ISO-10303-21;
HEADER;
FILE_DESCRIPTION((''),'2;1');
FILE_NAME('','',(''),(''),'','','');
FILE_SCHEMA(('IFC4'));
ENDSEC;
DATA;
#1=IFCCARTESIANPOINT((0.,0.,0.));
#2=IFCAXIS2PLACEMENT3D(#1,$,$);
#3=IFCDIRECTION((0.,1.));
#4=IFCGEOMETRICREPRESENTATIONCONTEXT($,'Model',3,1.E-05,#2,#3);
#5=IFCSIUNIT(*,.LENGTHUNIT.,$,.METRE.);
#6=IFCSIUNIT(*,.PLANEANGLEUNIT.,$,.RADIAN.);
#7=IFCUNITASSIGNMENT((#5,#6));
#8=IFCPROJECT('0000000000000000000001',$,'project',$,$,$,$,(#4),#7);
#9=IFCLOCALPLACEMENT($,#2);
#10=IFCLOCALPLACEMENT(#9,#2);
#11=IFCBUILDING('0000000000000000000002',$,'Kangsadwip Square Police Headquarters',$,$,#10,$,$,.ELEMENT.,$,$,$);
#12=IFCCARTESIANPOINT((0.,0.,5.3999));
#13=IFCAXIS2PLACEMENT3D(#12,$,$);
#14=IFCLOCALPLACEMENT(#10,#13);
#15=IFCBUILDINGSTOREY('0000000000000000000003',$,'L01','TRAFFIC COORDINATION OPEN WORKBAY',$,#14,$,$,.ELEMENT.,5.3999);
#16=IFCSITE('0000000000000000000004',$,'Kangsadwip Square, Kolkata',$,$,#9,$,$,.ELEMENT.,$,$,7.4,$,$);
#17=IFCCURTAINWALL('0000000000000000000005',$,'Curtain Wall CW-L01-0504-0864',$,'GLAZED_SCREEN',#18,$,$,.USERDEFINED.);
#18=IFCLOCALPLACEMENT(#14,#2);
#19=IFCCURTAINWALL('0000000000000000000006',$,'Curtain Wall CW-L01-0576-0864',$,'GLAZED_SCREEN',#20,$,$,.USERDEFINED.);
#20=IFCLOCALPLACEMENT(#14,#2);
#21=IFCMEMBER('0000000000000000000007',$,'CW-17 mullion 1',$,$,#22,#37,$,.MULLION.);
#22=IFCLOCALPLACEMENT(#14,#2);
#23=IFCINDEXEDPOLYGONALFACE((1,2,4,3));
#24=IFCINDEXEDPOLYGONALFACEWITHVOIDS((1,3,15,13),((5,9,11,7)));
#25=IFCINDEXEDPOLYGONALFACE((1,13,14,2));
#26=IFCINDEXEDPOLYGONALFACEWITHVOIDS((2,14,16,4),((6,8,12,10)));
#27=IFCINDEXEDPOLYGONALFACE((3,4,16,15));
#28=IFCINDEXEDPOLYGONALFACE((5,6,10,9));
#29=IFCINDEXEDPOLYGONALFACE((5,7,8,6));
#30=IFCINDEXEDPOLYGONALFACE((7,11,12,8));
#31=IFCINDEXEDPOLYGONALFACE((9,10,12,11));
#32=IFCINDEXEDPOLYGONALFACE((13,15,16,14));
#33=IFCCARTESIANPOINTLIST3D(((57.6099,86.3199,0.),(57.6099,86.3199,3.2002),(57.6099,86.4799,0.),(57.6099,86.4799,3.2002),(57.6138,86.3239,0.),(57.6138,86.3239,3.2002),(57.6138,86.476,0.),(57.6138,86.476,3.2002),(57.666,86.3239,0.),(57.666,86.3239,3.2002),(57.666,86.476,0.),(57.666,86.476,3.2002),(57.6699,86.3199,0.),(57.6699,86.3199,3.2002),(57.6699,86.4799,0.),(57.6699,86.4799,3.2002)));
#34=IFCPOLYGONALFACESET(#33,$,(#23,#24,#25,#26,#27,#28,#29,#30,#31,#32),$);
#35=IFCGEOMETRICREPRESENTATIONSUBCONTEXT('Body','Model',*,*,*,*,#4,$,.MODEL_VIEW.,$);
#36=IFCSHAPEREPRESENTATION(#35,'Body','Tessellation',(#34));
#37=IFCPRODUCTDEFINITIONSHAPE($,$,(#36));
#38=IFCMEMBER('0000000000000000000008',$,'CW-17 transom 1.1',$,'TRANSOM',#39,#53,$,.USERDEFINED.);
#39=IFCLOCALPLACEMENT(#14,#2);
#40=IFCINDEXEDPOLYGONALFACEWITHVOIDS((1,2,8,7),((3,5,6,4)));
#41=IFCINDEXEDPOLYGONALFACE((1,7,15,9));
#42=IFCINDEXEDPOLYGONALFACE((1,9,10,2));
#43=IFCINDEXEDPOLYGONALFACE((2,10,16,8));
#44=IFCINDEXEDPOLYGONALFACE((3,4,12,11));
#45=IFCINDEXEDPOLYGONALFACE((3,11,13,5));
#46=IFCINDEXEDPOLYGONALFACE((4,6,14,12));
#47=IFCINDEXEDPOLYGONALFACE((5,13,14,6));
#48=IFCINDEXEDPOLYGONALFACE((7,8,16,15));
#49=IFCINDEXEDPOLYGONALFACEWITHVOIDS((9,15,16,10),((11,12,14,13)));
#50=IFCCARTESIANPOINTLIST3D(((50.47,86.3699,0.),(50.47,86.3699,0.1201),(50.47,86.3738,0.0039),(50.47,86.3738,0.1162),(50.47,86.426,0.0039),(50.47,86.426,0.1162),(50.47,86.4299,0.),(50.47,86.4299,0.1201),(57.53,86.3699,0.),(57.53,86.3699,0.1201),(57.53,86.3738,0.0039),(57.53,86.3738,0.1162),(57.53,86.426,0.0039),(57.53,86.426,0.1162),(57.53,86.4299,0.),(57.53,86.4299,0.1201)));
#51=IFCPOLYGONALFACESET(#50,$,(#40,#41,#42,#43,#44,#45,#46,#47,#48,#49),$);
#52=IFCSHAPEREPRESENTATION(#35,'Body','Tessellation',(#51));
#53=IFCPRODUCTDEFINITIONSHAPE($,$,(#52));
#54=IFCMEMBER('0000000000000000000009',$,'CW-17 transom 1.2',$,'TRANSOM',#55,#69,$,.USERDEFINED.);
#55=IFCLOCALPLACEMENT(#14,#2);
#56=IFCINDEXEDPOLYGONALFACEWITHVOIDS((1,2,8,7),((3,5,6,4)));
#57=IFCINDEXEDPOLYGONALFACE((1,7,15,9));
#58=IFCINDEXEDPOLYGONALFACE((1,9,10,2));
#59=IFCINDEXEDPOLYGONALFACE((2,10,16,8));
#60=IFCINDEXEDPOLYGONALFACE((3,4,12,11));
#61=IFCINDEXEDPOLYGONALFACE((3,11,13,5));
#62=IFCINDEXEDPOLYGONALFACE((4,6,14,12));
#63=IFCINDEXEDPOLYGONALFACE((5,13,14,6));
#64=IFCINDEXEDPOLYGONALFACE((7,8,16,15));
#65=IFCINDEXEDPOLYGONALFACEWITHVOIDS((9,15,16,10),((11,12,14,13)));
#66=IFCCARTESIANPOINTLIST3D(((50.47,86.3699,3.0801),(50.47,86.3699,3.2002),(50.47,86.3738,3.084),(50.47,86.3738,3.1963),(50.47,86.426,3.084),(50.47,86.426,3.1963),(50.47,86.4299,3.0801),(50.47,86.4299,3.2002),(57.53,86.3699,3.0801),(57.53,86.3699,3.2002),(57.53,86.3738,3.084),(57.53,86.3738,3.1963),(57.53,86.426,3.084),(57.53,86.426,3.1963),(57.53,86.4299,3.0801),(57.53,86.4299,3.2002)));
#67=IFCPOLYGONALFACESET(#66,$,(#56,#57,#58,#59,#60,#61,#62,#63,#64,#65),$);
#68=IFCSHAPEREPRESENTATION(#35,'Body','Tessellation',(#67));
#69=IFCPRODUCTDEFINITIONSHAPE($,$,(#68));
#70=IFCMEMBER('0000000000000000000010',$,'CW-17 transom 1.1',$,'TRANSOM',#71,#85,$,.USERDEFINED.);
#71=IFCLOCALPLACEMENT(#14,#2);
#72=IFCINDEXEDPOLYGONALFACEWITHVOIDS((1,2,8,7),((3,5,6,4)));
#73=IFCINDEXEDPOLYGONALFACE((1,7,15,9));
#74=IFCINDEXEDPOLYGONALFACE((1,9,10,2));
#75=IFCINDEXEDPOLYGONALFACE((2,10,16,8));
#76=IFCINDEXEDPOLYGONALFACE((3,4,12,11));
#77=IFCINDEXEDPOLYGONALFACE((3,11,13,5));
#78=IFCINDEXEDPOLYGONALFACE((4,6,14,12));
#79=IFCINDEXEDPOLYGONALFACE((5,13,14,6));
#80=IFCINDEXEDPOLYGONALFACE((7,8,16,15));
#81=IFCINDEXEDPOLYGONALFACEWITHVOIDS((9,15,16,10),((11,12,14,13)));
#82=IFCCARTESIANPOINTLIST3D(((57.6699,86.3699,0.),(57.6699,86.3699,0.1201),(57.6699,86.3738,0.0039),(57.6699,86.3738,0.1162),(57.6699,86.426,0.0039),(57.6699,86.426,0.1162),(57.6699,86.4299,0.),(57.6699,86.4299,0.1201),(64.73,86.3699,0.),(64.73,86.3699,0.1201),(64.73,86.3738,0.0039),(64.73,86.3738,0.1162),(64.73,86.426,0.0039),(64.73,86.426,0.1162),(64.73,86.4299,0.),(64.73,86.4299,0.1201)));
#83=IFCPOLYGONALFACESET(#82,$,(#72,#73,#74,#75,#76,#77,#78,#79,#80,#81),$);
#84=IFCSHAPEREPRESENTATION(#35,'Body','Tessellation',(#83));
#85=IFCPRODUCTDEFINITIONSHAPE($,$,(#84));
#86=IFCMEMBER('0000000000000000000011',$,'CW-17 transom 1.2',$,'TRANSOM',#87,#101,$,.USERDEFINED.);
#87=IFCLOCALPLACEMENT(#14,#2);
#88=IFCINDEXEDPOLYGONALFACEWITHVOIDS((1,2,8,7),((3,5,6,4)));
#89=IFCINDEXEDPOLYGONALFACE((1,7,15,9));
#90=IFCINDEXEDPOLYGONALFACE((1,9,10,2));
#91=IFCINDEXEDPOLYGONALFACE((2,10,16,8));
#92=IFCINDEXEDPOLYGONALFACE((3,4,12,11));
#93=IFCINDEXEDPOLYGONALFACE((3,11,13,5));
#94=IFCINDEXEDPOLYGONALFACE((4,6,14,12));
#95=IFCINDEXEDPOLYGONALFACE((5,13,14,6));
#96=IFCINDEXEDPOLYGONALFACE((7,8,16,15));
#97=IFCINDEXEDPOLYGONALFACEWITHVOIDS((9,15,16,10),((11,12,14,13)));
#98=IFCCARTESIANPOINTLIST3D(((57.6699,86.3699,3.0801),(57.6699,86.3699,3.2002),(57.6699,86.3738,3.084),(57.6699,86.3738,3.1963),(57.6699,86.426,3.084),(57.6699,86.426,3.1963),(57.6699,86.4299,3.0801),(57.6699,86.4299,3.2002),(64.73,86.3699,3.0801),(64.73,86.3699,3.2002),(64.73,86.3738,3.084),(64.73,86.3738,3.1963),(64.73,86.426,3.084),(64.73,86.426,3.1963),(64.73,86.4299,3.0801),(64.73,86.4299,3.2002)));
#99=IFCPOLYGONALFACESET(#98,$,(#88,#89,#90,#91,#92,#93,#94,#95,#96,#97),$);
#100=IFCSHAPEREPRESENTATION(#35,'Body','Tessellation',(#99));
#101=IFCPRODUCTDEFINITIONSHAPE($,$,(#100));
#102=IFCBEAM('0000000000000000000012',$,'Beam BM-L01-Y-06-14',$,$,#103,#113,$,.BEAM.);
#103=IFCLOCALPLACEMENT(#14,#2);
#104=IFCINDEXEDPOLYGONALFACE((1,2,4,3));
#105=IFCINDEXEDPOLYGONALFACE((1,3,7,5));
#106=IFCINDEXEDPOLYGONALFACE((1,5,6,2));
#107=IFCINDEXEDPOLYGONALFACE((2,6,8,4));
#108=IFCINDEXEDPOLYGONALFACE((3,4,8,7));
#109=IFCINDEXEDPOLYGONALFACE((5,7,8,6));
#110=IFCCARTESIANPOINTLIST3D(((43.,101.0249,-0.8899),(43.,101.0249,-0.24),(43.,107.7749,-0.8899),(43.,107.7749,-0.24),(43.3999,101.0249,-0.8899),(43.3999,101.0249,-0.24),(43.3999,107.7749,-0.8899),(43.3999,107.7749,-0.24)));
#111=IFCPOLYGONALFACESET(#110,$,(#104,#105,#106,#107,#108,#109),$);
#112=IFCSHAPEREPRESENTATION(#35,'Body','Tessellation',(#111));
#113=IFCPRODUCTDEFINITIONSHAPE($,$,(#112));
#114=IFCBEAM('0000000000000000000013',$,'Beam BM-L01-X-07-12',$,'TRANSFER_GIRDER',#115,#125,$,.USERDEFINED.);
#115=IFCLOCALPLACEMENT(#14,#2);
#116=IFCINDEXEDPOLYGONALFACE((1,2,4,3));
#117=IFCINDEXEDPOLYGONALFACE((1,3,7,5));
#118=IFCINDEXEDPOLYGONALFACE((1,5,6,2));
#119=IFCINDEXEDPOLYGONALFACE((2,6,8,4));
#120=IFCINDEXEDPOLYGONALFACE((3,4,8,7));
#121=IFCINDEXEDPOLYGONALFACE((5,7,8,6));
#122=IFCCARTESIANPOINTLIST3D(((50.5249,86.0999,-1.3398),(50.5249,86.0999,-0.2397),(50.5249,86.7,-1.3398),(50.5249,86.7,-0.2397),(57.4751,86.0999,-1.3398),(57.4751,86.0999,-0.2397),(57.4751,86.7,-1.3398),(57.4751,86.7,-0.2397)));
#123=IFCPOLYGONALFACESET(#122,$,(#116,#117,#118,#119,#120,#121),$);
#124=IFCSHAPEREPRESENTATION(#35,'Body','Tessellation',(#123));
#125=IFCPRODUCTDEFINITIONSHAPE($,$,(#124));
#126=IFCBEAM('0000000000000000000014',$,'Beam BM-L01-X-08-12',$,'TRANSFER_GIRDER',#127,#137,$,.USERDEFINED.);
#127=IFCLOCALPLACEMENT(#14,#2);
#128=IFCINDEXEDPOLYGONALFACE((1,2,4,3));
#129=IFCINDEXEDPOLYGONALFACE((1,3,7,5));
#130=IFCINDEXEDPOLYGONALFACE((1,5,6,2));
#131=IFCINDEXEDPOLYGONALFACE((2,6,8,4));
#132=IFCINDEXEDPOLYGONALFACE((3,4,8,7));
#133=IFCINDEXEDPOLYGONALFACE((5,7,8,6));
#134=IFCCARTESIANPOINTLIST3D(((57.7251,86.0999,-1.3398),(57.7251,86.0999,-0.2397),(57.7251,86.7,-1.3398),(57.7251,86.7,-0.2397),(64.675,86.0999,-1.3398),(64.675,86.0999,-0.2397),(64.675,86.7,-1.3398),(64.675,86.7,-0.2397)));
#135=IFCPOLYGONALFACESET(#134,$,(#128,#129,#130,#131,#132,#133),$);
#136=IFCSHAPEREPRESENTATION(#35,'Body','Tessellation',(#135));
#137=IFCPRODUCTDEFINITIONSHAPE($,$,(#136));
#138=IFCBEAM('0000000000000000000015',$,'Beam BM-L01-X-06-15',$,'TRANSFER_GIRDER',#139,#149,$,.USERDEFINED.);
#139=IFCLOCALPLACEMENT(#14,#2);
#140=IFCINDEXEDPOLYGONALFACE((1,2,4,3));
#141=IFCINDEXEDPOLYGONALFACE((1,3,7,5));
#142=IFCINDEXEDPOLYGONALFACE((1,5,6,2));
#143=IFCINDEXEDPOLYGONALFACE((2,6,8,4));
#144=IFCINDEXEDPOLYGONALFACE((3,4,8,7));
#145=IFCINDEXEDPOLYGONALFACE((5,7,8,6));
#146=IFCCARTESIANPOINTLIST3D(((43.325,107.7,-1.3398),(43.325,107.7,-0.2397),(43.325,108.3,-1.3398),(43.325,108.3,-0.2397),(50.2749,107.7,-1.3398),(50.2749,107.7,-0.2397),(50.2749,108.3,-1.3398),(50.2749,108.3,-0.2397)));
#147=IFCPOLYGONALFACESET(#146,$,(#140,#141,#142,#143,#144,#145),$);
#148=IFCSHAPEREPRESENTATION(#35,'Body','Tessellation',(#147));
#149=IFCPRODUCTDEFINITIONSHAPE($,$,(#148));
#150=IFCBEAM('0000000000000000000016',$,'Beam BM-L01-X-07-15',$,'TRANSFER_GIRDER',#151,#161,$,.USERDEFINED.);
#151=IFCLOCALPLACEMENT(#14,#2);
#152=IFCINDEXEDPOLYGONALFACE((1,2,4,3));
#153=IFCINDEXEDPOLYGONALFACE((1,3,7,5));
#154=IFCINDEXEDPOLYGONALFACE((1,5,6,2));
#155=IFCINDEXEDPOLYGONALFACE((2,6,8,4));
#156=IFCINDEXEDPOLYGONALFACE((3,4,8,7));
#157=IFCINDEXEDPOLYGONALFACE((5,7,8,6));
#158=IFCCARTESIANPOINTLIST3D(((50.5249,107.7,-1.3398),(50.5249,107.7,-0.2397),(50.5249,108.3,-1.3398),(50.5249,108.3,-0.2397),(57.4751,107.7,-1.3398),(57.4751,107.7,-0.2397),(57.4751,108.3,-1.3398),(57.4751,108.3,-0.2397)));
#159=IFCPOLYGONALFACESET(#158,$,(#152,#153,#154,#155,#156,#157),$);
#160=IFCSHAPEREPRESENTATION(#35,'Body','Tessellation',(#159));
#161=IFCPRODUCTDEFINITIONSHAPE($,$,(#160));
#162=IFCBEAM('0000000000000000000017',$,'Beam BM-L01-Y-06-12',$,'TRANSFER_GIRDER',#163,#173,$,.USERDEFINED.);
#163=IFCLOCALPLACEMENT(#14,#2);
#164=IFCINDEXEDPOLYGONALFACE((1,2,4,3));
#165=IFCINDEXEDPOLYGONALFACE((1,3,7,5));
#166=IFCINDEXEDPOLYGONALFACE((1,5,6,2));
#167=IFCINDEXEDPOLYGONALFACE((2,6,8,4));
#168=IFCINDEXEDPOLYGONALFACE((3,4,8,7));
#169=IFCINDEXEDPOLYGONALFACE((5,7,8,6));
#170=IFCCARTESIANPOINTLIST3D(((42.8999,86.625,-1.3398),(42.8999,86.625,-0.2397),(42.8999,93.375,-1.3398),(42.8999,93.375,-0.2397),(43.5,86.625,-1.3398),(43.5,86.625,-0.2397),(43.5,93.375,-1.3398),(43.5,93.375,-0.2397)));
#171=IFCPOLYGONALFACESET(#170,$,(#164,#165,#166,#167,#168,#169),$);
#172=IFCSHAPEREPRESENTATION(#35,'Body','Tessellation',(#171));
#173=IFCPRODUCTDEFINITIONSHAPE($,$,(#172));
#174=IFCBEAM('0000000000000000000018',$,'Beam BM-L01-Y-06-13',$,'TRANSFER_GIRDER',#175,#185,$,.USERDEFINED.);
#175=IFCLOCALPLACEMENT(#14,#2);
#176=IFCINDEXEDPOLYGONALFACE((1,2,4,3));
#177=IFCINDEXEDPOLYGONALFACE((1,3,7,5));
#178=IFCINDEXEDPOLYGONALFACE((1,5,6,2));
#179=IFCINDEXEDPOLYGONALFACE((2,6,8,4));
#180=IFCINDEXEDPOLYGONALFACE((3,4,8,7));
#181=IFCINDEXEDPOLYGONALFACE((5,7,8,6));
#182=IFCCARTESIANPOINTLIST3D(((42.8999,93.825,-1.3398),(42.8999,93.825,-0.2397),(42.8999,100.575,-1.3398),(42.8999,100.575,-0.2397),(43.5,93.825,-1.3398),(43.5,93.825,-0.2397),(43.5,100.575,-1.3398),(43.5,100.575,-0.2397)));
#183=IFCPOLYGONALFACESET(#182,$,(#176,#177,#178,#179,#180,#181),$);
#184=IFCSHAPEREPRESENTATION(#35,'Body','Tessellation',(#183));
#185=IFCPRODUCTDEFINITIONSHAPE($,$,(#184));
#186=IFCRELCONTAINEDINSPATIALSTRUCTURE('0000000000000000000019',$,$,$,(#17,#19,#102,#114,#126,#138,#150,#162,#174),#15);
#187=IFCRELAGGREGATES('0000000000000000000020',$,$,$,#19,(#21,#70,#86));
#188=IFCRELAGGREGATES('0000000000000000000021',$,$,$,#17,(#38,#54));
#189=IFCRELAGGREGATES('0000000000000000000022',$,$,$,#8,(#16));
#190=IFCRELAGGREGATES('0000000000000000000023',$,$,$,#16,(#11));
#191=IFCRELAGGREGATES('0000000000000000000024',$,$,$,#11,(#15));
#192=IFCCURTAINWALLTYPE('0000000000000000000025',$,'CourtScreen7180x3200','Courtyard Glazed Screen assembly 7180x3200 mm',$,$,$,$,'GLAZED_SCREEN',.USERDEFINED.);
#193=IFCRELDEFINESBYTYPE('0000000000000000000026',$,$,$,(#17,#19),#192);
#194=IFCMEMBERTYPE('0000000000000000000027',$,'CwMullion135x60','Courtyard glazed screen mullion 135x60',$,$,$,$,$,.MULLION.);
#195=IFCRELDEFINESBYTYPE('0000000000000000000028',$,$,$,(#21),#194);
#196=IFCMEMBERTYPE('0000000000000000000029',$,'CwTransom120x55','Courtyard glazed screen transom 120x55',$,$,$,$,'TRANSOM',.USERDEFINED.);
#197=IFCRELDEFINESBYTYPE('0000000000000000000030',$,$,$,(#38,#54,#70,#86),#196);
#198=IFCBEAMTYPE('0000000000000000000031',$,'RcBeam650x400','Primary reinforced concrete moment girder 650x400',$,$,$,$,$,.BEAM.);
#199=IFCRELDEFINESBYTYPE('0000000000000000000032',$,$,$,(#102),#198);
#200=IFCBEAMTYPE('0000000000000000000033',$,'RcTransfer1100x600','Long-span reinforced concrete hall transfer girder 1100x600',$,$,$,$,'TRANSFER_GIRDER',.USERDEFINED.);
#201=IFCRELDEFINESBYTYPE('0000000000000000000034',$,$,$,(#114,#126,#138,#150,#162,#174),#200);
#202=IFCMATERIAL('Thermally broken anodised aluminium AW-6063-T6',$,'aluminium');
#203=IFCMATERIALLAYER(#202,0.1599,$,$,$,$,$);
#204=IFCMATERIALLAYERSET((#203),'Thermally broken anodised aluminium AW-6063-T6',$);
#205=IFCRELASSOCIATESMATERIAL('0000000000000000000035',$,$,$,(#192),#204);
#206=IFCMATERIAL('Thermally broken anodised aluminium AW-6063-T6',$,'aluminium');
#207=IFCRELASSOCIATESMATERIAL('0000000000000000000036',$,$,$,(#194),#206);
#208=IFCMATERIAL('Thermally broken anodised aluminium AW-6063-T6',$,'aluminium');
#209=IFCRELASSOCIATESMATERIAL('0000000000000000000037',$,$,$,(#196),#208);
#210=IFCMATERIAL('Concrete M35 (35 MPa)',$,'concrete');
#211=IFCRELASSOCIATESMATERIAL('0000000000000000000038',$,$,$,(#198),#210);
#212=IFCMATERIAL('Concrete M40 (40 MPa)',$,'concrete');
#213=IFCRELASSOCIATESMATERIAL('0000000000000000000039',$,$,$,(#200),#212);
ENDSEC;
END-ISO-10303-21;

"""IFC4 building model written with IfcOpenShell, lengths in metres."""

from ifc_helpers import new_model, si_unit, direction, frame, origin, origin_2d, place, context, subcontext, project, spatial, rectangle, hollow_rectangle, extrude, material, layer, layer_set, material_profile, profile_set, type_object, element, aggregate, save


model = new_model("IFC4")

# Units and contexts
model_context = context("Model", 3, precision=1e-05, world=origin(), true_north=direction((0.0, 1.0)))
body_context = subcontext(model_context, "Body", "Model", "MODEL_VIEW")
ifc_project = project(units=[si_unit("LENGTHUNIT", "METRE"), si_unit("PLANEANGLEUNIT", "RADIAN")], contexts=[model_context])

# Site, building, storey
site_placement = place(None, origin())
site = spatial("IfcSite", under=ifc_project, at=site_placement, Name="Kangsadwip Square, Kolkata", CompositionType="ELEMENT", RefElevation=7.4)
building_placement = place(site_placement, origin())
building = spatial("IfcBuilding", under=site, at=building_placement, Name="Kangsadwip Square Police Headquarters", CompositionType="ELEMENT")
storey_placement = place(building_placement, frame((0.0, 0.0, 5.3999)))
storey = spatial("IfcBuildingStorey", under=building, at=storey_placement, Name="L01", Description="TRAFFIC COORDINATION OPEN WORKBAY", CompositionType="ELEMENT", Elevation=5.3999)

# Shared definitions
ifc_material_1 = material(Name="Thermally broken anodised aluminium AW-6063-T6", Category="aluminium")
ifc_layer_1 = layer(ifc_material_1, 0.1599)
ifc_layer_set_1 = layer_set([ifc_layer_1], Name="Thermally broken anodised aluminium AW-6063-T6")
curtain_wall_type = type_object("IfcCurtainWallType", Name="CourtScreen7180x3200", Description="Courtyard Glazed Screen assembly 7180x3200 mm", ElementType="GLAZED_SCREEN", PredefinedType="USERDEFINED", material=ifc_layer_set_1)
ifc_material_2 = material(Name="Thermally broken anodised aluminium AW-6063-T6", Category="aluminium")
ifc_material_profile_1 = material_profile(ifc_material_2, hollow_rectangle(XDim=0.0601, YDim=0.1599, WallThickness=0.0039, at=origin_2d()), Name="CWM 160X60X4")
ifc_profile_set_1 = profile_set([ifc_material_profile_1], Name="Thermally broken anodised aluminium AW-6063-T6")
member_type_1 = type_object("IfcMemberType", Name="CwMullion135x60", Description="Courtyard glazed screen mullion 135x60", PredefinedType="MULLION", material=ifc_profile_set_1)

# Curtain wall
curtain_wall_1_placement = place(storey_placement, origin())
curtain_wall_1 = element("IfcCurtainWall", 1, at=curtain_wall_1_placement, inside=storey, type_object=curtain_wall_type, Name="Curtain Wall CW-L01-0504-0864", ObjectType="GLAZED_SCREEN", PredefinedType="USERDEFINED")

# Curtain wall, member
curtain_wall_2_placement = place(storey_placement, origin())
curtain_wall_2 = element("IfcCurtainWall", 2, at=curtain_wall_2_placement, inside=storey, type_object=curtain_wall_type, Name="Curtain Wall CW-L01-0576-0864", ObjectType="GLAZED_SCREEN", PredefinedType="USERDEFINED")
member_1_placement = place(storey_placement, frame((57.6399, 86.3999, 0.0), z_axis=(0.0, 0.0, 1.0), x_axis=(1.0, 0.0, 0.0)))
member_1 = element("IfcMember", 3, at=member_1_placement, type_object=member_type_1, Name="CW-17 mullion 1", PredefinedType="MULLION", context=body_context, shape_type="SweptSolid", body=[
    extrude(hollow_rectangle(XDim=0.0601, YDim=0.1599, WallThickness=0.0039, at=origin_2d()), origin(), (0.0, 0.0, 1.0), 3.2002),
])

# Members
ifc_material_3 = material(Name="Thermally broken anodised aluminium AW-6063-T6", Category="aluminium")
ifc_material_profile_2 = material_profile(ifc_material_3, hollow_rectangle(XDim=0.0601, YDim=0.1201, WallThickness=0.0039, at=origin_2d()), Name="CWT 120X60X4")
ifc_profile_set_2 = profile_set([ifc_material_profile_2], Name="Thermally broken anodised aluminium AW-6063-T6")
member_type_2 = type_object("IfcMemberType", Name="CwTransom120x55", Description="Courtyard glazed screen transom 120x55", ElementType="TRANSOM", PredefinedType="USERDEFINED", material=ifc_profile_set_2)
member_2_placement = place(storey_placement, frame((50.47, 86.3999, 0.0601), z_axis=(1.0, 0.0, 0.0), x_axis=(0.0, 1.0, 0.0)))
member_2 = element("IfcMember", 4, at=member_2_placement, type_object=member_type_2, Name="CW-17 transom 1.1", ObjectType="TRANSOM", PredefinedType="USERDEFINED", context=body_context, shape_type="SweptSolid", body=[
    extrude(hollow_rectangle(XDim=0.0601, YDim=0.1201, WallThickness=0.0039, at=origin_2d()), origin(), (0.0, 0.0, 1.0), 7.0601),
])
member_3_placement = place(storey_placement, frame((50.47, 86.3999, 3.1401), z_axis=(1.0, 0.0, 0.0), x_axis=(0.0, 1.0, 0.0)))
member_3 = element("IfcMember", 5, at=member_3_placement, type_object=member_type_2, Name="CW-17 transom 1.2", ObjectType="TRANSOM", PredefinedType="USERDEFINED", context=body_context, shape_type="SweptSolid", body=[
    extrude(hollow_rectangle(XDim=0.0601, YDim=0.1201, WallThickness=0.0039, at=origin_2d()), origin(), (0.0, 0.0, 1.0), 7.0601),
])
member_4_placement = place(storey_placement, frame((57.6699, 86.3999, 0.0601), z_axis=(1.0, 0.0, 0.0), x_axis=(0.0, 1.0, 0.0)))
member_4 = element("IfcMember", 6, at=member_4_placement, type_object=member_type_2, Name="CW-17 transom 1.1", ObjectType="TRANSOM", PredefinedType="USERDEFINED", context=body_context, shape_type="SweptSolid", body=[
    extrude(hollow_rectangle(XDim=0.0601, YDim=0.1201, WallThickness=0.0039, at=origin_2d()), origin(), (0.0, 0.0, 1.0), 7.0601),
])
member_5_placement = place(storey_placement, frame((57.6699, 86.3999, 3.1401), z_axis=(1.0, 0.0, 0.0), x_axis=(0.0, 1.0, 0.0)))
member_5 = element("IfcMember", 7, at=member_5_placement, type_object=member_type_2, Name="CW-17 transom 1.2", ObjectType="TRANSOM", PredefinedType="USERDEFINED", context=body_context, shape_type="SweptSolid", body=[
    extrude(hollow_rectangle(XDim=0.0601, YDim=0.1201, WallThickness=0.0039, at=origin_2d()), origin(), (0.0, 0.0, 1.0), 7.0601),
])
aggregate(curtain_wall_2, [member_1, member_4, member_5])

# Beams
ifc_material_4 = material(Name="Concrete M35 (35 MPa)", Category="concrete")
ifc_material_profile_3 = material_profile(ifc_material_4, rectangle(XDim=0.3999, YDim=0.6499, at=origin_2d()), Name="RC BM 650X400")
ifc_profile_set_3 = profile_set([ifc_material_profile_3], Name="Concrete M35 (35 MPa)")
beam_type_1 = type_object("IfcBeamType", Name="RcBeam650x400", Description="Primary reinforced concrete moment girder 650x400", PredefinedType="BEAM", material=ifc_profile_set_3)
beam_1_placement = place(storey_placement, frame((43.2, 101.0249, -0.5649), z_axis=(0.0, 1.0, 0.0), x_axis=(-1.0, 0.0, 0.0)))
element("IfcBeam", 8, at=beam_1_placement, inside=storey, type_object=beam_type_1, Name="Beam BM-L01-Y-06-14", PredefinedType="BEAM", context=body_context, shape_type="SweptSolid", body=[
    extrude(rectangle(XDim=0.3999, YDim=0.6499, at=origin_2d()), origin(), (0.0, 0.0, 1.0), 6.75),
])
ifc_material_5 = material(Name="Concrete M40 (40 MPa)", Category="concrete")
ifc_material_profile_4 = material_profile(ifc_material_5, rectangle(XDim=0.6001, YDim=1.1001, at=origin_2d()), Name="RC TG 1100X600")
ifc_profile_set_4 = profile_set([ifc_material_profile_4], Name="Concrete M40 (40 MPa)")
beam_type_2 = type_object("IfcBeamType", Name="RcTransfer1100x600", Description="Long-span reinforced concrete hall transfer girder 1100x600", ElementType="TRANSFER_GIRDER", PredefinedType="USERDEFINED", material=ifc_profile_set_4)
beam_2_placement = place(storey_placement, frame((50.5249, 86.3999, -0.7898), z_axis=(1.0, 0.0, 0.0), x_axis=(0.0, 1.0, 0.0)))
element("IfcBeam", 9, at=beam_2_placement, inside=storey, type_object=beam_type_2, Name="Beam BM-L01-X-07-12", ObjectType="TRANSFER_GIRDER", PredefinedType="USERDEFINED", context=body_context, shape_type="SweptSolid", body=[
    extrude(rectangle(XDim=0.6001, YDim=1.1001, at=origin_2d()), origin(), (0.0, 0.0, 1.0), 6.9502),
])
for number, where, z_axis, x_axis, name in (
    (10, (57.7251, 86.3999, -0.7898), (1.0, 0.0, 0.0), (0.0, 1.0, 0.0), "Beam BM-L01-X-08-12"),
    (11, (43.325, 108.0, -0.7898), (1.0, 0.0, 0.0), (0.0, 1.0, 0.0), "Beam BM-L01-X-06-15"),
):
    element("IfcBeam", number, at=place(storey_placement, frame(where, z_axis=z_axis, x_axis=x_axis)), inside=storey, type_object=beam_type_2, Name=name, ObjectType="TRANSFER_GIRDER", PredefinedType="USERDEFINED", context=body_context, shape_type="SweptSolid", body=[
        extrude(rectangle(XDim=0.6001, YDim=1.1001, at=origin_2d()), origin(), (0.0, 0.0, 1.0), 6.95),
    ])
beam_3_placement = place(storey_placement, frame((50.5249, 108.0, -0.7898), z_axis=(1.0, 0.0, 0.0), x_axis=(0.0, 1.0, 0.0)))
element("IfcBeam", 12, at=beam_3_placement, inside=storey, type_object=beam_type_2, Name="Beam BM-L01-X-07-15", ObjectType="TRANSFER_GIRDER", PredefinedType="USERDEFINED", context=body_context, shape_type="SweptSolid", body=[
    extrude(rectangle(XDim=0.6001, YDim=1.1001, at=origin_2d()), origin(), (0.0, 0.0, 1.0), 6.9502),
])
for number, where, z_axis, x_axis, name in (
    (13, (43.2, 86.625, -0.7898), (0.0, 1.0, 0.0), (-1.0, 0.0, 0.0), "Beam BM-L01-Y-06-12"),
    (14, (43.2, 93.825, -0.7898), (0.0, 1.0, 0.0), (-1.0, 0.0, 0.0), "Beam BM-L01-Y-06-13"),
):
    element("IfcBeam", number, at=place(storey_placement, frame(where, z_axis=z_axis, x_axis=x_axis)), inside=storey, type_object=beam_type_2, Name=name, ObjectType="TRANSFER_GIRDER", PredefinedType="USERDEFINED", context=body_context, shape_type="SweptSolid", body=[
        extrude(rectangle(XDim=0.6001, YDim=1.1001, at=origin_2d()), origin(), (0.0, 0.0, 1.0), 6.75),
    ])

aggregate(curtain_wall_1, [member_2, member_3])

save(model, "model.ifc")
